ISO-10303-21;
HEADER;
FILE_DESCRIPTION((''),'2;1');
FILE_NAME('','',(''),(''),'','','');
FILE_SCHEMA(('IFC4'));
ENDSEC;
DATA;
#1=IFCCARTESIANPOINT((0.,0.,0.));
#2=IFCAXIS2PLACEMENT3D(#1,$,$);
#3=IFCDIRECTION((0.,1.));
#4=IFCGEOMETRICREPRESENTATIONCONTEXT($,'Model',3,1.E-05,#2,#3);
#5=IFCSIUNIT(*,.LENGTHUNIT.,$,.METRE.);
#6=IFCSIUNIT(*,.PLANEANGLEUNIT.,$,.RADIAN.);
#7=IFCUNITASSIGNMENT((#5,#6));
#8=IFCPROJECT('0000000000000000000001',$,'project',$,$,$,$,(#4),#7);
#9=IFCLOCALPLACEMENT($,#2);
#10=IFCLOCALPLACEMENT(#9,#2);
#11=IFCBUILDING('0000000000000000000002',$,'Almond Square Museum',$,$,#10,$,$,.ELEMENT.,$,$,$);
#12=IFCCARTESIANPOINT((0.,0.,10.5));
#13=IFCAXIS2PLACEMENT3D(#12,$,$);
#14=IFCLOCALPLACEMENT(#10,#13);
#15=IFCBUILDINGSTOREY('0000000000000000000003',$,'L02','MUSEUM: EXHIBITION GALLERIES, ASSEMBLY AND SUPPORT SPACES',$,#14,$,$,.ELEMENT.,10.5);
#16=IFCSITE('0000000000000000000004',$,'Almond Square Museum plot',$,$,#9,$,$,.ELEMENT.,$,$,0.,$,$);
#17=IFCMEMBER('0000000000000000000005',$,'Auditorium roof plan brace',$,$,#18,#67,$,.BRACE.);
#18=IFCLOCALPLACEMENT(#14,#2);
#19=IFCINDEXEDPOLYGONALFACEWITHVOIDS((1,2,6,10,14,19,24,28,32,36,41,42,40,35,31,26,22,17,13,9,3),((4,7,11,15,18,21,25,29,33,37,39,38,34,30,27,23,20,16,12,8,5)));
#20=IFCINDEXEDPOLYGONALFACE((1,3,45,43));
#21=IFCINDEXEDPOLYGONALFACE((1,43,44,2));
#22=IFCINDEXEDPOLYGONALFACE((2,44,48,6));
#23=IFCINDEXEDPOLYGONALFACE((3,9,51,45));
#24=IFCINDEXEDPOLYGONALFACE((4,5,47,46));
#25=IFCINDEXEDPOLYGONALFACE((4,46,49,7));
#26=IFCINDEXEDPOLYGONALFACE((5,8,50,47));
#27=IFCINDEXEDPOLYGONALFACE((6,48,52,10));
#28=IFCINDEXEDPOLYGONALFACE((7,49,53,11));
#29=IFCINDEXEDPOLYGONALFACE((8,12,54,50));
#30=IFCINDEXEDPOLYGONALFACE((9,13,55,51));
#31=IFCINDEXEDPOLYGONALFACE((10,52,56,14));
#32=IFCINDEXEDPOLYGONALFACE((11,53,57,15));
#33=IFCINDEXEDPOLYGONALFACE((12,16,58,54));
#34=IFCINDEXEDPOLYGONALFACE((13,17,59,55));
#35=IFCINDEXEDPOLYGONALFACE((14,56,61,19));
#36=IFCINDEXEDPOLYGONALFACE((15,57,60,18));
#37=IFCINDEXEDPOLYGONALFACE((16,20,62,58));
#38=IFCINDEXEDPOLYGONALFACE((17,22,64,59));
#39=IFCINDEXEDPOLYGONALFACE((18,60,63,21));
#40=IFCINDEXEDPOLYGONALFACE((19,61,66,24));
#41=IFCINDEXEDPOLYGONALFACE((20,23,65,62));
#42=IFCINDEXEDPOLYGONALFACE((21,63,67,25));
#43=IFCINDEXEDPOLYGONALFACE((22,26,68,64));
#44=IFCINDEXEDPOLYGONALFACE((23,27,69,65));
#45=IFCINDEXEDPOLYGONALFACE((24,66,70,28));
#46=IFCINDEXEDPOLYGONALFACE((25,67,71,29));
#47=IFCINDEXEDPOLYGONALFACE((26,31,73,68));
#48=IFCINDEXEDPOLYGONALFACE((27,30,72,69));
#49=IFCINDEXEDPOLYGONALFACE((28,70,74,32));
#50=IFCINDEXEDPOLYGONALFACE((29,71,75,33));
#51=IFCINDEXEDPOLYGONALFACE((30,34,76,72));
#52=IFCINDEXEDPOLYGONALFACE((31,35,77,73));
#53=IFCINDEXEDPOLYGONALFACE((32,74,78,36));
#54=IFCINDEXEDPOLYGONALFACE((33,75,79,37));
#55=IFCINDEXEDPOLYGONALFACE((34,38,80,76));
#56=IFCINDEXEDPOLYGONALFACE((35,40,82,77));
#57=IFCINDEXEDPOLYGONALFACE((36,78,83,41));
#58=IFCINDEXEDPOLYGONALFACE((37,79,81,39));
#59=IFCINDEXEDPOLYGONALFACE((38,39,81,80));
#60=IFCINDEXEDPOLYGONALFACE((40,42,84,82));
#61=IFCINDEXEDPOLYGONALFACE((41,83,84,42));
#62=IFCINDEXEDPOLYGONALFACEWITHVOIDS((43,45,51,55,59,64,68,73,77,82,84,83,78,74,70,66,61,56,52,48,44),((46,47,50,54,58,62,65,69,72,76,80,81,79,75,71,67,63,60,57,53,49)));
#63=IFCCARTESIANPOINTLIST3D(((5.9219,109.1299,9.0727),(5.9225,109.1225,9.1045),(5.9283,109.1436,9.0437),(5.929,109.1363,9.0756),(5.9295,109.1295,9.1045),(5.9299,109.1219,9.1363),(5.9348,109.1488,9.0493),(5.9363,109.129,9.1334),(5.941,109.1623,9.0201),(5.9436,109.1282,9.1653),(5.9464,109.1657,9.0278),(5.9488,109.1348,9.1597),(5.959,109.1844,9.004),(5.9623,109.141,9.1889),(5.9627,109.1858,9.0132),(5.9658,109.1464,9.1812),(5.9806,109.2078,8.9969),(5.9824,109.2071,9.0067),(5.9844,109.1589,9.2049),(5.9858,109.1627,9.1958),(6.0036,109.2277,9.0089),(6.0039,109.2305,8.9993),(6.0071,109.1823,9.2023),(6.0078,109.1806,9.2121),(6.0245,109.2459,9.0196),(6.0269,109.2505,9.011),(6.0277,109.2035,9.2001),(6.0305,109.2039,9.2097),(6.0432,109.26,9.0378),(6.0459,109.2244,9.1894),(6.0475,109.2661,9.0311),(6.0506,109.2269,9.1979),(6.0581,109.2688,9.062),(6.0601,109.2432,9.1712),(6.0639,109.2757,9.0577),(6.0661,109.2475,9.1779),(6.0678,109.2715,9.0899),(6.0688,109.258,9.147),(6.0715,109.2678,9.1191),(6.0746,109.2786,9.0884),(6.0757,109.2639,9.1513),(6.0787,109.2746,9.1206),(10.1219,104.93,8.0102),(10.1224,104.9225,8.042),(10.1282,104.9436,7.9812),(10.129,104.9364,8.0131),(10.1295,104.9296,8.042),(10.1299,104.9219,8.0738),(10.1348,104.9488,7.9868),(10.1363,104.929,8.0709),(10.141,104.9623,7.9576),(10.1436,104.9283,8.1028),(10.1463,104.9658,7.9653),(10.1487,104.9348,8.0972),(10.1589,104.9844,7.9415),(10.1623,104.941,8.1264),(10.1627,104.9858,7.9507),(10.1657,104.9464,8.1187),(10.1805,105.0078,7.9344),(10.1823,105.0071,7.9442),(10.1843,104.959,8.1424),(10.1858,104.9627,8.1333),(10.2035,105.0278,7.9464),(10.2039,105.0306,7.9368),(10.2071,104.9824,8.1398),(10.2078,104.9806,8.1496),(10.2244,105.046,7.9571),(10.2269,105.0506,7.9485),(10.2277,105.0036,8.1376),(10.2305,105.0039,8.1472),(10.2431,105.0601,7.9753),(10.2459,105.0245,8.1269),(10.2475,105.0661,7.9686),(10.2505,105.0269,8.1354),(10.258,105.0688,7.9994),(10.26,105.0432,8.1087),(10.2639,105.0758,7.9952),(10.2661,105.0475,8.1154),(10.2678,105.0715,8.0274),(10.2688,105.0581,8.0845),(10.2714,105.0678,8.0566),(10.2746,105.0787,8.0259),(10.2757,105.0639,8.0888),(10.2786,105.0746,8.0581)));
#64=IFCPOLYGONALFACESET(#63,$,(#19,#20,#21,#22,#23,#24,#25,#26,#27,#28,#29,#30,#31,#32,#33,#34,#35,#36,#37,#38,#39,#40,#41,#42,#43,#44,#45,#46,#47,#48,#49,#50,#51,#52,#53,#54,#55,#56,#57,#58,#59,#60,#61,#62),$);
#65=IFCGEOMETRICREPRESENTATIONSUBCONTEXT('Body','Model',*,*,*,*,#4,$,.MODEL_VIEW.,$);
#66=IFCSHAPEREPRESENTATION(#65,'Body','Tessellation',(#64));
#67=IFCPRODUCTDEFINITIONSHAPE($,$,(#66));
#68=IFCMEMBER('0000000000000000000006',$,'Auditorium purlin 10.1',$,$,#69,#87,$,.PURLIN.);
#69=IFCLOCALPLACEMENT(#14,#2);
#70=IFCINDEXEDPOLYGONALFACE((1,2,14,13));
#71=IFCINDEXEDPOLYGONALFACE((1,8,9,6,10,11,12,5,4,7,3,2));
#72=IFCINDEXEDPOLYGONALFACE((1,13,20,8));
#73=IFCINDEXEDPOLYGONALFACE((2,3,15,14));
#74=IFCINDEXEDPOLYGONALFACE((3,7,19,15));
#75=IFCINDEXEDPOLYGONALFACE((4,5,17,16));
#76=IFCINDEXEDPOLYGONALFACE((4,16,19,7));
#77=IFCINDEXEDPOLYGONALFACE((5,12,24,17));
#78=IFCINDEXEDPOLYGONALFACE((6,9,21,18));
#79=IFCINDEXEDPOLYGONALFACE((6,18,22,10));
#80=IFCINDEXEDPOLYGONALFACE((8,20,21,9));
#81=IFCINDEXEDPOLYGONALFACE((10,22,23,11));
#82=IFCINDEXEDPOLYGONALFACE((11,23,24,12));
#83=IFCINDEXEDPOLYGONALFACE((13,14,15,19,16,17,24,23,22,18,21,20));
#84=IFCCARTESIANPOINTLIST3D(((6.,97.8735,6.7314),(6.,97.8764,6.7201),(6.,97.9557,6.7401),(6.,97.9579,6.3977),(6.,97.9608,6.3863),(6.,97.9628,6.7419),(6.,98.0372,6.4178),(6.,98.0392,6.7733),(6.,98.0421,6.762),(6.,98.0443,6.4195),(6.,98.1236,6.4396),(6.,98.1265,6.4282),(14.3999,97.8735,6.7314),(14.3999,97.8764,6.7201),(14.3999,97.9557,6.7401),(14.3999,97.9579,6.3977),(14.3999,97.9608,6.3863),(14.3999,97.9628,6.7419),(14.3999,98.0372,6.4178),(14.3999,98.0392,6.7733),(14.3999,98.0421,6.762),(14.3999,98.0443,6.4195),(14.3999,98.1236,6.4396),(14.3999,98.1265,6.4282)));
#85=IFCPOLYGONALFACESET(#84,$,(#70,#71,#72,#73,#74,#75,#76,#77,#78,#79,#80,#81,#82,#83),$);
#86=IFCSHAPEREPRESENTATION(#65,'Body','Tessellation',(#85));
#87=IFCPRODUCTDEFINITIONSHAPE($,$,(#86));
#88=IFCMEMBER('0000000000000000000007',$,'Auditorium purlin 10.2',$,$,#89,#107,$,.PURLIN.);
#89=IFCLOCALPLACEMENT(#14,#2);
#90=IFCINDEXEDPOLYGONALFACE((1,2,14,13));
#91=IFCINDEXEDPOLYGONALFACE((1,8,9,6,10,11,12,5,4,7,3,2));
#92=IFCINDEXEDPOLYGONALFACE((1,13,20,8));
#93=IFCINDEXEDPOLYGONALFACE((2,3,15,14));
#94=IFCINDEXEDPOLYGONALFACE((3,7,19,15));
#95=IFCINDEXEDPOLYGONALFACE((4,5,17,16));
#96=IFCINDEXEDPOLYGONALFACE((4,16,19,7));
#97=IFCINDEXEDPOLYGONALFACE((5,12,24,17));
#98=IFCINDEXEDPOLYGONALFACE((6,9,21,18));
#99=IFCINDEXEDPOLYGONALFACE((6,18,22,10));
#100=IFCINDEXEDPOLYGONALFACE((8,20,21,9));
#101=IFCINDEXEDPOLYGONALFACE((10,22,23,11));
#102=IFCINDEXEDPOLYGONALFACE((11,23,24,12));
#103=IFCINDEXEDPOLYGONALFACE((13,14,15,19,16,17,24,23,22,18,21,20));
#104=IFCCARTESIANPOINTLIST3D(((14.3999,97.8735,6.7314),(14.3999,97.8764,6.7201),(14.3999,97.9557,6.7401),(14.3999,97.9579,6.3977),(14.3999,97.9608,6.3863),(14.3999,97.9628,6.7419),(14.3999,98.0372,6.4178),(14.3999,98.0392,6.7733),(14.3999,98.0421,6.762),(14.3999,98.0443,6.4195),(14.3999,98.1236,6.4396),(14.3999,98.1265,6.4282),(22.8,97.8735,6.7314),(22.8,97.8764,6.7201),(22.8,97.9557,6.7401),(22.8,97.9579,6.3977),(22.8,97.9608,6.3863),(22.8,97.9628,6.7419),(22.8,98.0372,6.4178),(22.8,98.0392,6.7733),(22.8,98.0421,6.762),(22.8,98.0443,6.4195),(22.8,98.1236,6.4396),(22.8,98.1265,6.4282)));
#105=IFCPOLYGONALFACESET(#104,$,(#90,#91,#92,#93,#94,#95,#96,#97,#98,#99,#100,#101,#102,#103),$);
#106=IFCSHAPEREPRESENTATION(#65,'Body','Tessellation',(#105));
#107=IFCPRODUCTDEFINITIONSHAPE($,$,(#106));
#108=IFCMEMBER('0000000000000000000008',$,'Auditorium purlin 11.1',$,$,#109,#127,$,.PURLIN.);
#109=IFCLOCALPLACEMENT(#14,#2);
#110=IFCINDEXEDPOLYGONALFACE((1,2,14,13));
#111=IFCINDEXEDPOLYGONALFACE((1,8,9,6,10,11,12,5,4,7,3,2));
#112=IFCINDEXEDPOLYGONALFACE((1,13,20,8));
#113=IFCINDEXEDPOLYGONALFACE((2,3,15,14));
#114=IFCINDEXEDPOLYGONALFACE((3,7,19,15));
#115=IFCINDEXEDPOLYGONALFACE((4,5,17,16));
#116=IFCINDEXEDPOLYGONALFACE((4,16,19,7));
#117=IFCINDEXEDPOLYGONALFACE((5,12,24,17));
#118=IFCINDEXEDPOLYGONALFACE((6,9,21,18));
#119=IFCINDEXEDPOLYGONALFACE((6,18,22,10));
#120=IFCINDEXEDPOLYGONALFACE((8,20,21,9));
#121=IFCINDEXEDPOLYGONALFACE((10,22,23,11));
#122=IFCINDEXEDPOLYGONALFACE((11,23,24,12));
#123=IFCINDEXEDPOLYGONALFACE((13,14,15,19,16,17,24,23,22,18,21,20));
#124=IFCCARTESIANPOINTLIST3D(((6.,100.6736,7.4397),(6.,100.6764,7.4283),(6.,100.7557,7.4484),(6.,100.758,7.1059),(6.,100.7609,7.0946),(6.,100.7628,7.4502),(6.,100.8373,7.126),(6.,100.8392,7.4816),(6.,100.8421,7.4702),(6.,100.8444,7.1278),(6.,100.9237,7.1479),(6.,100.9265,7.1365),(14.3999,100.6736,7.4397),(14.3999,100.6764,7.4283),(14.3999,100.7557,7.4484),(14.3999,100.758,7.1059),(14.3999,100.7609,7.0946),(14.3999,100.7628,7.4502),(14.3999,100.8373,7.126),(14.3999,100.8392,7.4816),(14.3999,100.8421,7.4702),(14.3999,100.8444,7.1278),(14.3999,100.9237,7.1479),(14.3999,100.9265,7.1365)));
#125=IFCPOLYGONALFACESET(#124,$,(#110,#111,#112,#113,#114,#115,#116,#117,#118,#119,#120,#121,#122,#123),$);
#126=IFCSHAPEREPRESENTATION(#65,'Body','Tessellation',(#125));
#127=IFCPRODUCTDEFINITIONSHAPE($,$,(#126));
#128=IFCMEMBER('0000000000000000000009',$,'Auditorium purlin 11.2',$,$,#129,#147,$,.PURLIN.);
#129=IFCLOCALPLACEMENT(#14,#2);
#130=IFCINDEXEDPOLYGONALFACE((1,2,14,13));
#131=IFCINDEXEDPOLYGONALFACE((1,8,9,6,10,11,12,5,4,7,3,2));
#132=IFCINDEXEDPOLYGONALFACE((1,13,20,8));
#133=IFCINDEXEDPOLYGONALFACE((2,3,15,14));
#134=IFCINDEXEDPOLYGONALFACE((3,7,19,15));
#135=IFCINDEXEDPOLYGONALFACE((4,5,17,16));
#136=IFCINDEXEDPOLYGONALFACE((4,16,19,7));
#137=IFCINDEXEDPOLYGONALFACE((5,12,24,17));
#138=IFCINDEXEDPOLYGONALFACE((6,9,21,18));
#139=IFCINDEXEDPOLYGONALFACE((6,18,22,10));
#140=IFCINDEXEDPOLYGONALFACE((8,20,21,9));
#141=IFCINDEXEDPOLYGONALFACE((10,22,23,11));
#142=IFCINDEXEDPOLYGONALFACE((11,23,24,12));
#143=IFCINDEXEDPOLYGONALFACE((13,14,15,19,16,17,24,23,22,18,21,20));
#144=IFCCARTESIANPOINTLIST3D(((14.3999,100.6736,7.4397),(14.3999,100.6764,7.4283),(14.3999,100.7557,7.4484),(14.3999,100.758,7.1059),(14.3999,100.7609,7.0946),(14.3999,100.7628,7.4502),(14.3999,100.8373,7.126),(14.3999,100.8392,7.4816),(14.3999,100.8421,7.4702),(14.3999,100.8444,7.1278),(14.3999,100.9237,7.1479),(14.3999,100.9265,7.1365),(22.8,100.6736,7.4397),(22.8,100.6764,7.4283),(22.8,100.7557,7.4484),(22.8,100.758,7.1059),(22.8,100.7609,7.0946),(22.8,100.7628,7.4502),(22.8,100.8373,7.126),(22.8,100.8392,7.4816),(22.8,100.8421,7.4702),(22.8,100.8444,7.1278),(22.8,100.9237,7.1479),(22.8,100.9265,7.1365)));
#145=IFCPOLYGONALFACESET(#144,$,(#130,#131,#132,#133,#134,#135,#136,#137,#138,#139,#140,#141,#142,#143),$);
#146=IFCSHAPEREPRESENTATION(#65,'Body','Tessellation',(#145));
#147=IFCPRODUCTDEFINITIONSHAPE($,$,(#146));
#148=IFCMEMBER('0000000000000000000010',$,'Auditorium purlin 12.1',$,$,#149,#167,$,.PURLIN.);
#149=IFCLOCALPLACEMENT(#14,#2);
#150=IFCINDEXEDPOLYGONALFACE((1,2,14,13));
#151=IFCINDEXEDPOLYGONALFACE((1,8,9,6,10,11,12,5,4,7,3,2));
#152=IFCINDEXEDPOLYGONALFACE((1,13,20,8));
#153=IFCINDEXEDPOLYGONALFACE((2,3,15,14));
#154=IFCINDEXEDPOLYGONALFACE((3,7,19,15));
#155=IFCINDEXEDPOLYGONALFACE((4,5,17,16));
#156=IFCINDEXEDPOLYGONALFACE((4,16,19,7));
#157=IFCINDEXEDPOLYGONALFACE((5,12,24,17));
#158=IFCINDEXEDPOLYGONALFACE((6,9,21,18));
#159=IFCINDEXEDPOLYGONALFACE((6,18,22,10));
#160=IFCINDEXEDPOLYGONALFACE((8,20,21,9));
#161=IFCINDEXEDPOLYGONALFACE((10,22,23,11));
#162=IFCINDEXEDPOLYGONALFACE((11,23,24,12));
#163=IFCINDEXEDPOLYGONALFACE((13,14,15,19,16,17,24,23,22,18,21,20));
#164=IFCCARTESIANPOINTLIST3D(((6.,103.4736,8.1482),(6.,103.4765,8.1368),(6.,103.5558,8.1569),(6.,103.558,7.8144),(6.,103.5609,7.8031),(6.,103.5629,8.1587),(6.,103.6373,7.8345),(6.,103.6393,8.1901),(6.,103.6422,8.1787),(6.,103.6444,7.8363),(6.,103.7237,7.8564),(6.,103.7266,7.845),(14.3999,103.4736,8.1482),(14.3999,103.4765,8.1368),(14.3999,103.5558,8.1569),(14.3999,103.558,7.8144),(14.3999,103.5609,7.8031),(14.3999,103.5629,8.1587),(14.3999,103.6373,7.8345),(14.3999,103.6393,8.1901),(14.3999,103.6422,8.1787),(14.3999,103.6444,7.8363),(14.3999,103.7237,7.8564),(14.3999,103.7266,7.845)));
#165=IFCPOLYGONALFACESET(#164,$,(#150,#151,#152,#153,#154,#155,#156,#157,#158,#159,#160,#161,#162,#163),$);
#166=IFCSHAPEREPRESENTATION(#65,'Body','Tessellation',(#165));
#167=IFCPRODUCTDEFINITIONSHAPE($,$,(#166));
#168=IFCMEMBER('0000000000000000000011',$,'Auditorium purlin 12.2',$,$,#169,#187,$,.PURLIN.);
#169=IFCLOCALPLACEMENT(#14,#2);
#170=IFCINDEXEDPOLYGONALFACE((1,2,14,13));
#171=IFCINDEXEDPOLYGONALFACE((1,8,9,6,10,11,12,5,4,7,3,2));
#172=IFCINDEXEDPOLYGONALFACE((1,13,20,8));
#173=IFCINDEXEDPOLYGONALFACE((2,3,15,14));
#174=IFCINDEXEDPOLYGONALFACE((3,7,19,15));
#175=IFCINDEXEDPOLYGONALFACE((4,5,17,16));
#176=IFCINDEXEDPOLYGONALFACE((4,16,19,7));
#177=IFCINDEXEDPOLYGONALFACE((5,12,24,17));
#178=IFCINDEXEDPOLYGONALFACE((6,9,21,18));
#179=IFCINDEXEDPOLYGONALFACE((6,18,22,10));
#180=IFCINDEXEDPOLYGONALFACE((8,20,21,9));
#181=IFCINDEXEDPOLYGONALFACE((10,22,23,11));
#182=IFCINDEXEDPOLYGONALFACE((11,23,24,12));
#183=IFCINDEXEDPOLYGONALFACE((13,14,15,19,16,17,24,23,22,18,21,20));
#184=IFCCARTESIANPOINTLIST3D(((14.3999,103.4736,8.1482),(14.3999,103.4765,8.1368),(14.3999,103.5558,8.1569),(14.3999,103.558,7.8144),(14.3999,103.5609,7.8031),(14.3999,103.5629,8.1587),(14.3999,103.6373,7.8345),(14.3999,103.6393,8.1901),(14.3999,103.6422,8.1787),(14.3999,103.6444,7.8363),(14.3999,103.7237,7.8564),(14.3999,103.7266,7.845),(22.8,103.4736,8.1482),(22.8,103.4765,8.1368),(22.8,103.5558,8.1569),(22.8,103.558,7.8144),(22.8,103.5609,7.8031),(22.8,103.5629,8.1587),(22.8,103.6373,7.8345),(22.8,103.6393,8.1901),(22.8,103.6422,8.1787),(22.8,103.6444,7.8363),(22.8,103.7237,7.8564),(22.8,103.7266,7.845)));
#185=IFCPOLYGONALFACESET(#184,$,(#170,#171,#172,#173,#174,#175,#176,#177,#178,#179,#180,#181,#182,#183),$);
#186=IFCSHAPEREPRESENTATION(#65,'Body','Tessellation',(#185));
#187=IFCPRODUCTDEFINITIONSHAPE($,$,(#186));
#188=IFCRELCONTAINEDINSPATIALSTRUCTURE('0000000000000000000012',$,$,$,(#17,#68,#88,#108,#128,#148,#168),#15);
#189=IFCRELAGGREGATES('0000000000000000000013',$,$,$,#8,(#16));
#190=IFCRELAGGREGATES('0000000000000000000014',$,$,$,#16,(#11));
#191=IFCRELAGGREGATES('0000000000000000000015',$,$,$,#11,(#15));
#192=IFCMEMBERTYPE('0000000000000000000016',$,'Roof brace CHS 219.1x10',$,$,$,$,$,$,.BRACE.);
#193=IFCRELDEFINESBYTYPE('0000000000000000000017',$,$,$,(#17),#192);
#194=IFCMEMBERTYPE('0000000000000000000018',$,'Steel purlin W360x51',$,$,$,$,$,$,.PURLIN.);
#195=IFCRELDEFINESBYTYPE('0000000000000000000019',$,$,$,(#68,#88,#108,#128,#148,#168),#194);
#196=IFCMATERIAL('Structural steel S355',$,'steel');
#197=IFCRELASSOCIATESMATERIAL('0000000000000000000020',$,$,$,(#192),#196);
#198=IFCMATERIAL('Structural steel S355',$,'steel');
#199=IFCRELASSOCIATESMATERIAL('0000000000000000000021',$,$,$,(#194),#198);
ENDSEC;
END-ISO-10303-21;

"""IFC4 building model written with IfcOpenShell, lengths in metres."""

from ifc_helpers import new_model, si_unit, direction, frame, origin, origin_2d, place, context, subcontext, project, spatial, hollow_circle, i_section, extrude, material, material_profile, profile_set, type_object, element, save


model = new_model("IFC4")

# Units and contexts
model_context = context("Model", 3, precision=1e-05, world=origin(), true_north=direction((0.0, 1.0)))
body_context = subcontext(model_context, "Body", "Model", "MODEL_VIEW")
ifc_project = project(units=[si_unit("LENGTHUNIT", "METRE"), si_unit("PLANEANGLEUNIT", "RADIAN")], contexts=[model_context])

# Site, building, storey
site_placement = place(None, origin())
site = spatial("IfcSite", under=ifc_project, at=site_placement, Name="Almond Square Museum plot", CompositionType="ELEMENT", RefElevation=0.0)
building_placement = place(site_placement, origin())
building = spatial("IfcBuilding", under=site, at=building_placement, Name="Almond Square Museum", CompositionType="ELEMENT")
storey_placement = place(building_placement, frame((0.0, 0.0, 10.5)))
storey = spatial("IfcBuildingStorey", under=building, at=storey_placement, Name="L02", Description="MUSEUM: EXHIBITION GALLERIES, ASSEMBLY AND SUPPORT SPACES", CompositionType="ELEMENT", Elevation=10.5)

# Members
ifc_material_1 = material(Name="Structural steel S355", Category="steel")
ifc_material_profile_1 = material_profile(ifc_material_1, hollow_circle(Radius=0.1096, WallThickness=0.01, at=origin_2d()))
ifc_profile_set_1 = profile_set([ifc_material_profile_1], Name="Structural steel S355")
member_type_1 = type_object("IfcMemberType", Name="Roof brace CHS 219.1x10", PredefinedType="BRACE", material=ifc_profile_set_1)
member_1_placement = place(storey_placement, frame((10.2, 105.0, 8.042), z_axis=(-0.696058, 0.696058, 0.176088), x_axis=(-0.707107, -0.707107, 0.0)))
element("IfcMember", 1, at=member_1_placement, inside=storey, type_object=member_type_1, Name="Auditorium roof plan brace", PredefinedType="BRACE", context=body_context, shape_type="SweptSolid", body=[
    extrude(hollow_circle(Radius=0.1096, WallThickness=0.01, at=origin_2d()), origin(), (0.0, 0.0, 1.0), 6.0339),
])
ifc_material_2 = material(Name="Structural steel S355", Category="steel")
ifc_material_profile_2 = material_profile(ifc_material_2, i_section(OverallWidth=0.1709, OverallDepth=0.356, WebThickness=0.0073, FlangeThickness=0.0117, at=origin_2d()))
ifc_profile_set_2 = profile_set([ifc_material_profile_2], Name="Structural steel S355")
member_type_2 = type_object("IfcMemberType", Name="Steel purlin W360x51", PredefinedType="PURLIN", material=ifc_profile_set_2)
member_2_placement = place(storey_placement, frame((6.0, 98.0, 6.5798), z_axis=(1.0, 0.0, 0.0), x_axis=(0.0, 0.96946, 0.24525)))
element("IfcMember", 2, at=member_2_placement, inside=storey, type_object=member_type_2, Name="Auditorium purlin 10.1", PredefinedType="PURLIN", context=body_context, shape_type="SweptSolid", body=[
    extrude(i_section(OverallWidth=0.1709, OverallDepth=0.356, WebThickness=0.0073, FlangeThickness=0.0117, at=origin_2d()), origin(), (0.0, 0.0, 1.0), 8.3999),
])
member_3_placement = place(storey_placement, frame((14.3999, 98.0, 6.5798), z_axis=(1.0, 0.0, 0.0), x_axis=(0.0, 0.96946, 0.24525)))
element("IfcMember", 3, at=member_3_placement, inside=storey, type_object=member_type_2, Name="Auditorium purlin 10.2", PredefinedType="PURLIN", context=body_context, shape_type="SweptSolid", body=[
    extrude(i_section(OverallWidth=0.1709, OverallDepth=0.356, WebThickness=0.0073, FlangeThickness=0.0117, at=origin_2d()), origin(), (0.0, 0.0, 1.0), 8.4001),
])
member_4_placement = place(storey_placement, frame((6.0, 100.8, 7.2881), z_axis=(1.0, 0.0, 0.0), x_axis=(0.0, 0.96946, 0.24525)))
element("IfcMember", 4, at=member_4_placement, inside=storey, type_object=member_type_2, Name="Auditorium purlin 11.1", PredefinedType="PURLIN", context=body_context, shape_type="SweptSolid", body=[
    extrude(i_section(OverallWidth=0.1709, OverallDepth=0.356, WebThickness=0.0073, FlangeThickness=0.0117, at=origin_2d()), origin(), (0.0, 0.0, 1.0), 8.3999),
])
member_5_placement = place(storey_placement, frame((14.3999, 100.8, 7.2881), z_axis=(1.0, 0.0, 0.0), x_axis=(0.0, 0.96946, 0.24525)))
element("IfcMember", 5, at=member_5_placement, inside=storey, type_object=member_type_2, Name="Auditorium purlin 11.2", PredefinedType="PURLIN", context=body_context, shape_type="SweptSolid", body=[
    extrude(i_section(OverallWidth=0.1709, OverallDepth=0.356, WebThickness=0.0073, FlangeThickness=0.0117, at=origin_2d()), origin(), (0.0, 0.0, 1.0), 8.4001),
])
member_6_placement = place(storey_placement, frame((6.0, 103.6001, 7.9966), z_axis=(1.0, 0.0, 0.0), x_axis=(0.0, 0.96946, 0.24525)))
element("IfcMember", 6, at=member_6_placement, inside=storey, type_object=member_type_2, Name="Auditorium purlin 12.1", PredefinedType="PURLIN", context=body_context, shape_type="SweptSolid", body=[
    extrude(i_section(OverallWidth=0.1709, OverallDepth=0.356, WebThickness=0.0073, FlangeThickness=0.0117, at=origin_2d()), origin(), (0.0, 0.0, 1.0), 8.3999),
])
member_7_placement = place(storey_placement, frame((14.3999, 103.6001, 7.9966), z_axis=(1.0, 0.0, 0.0), x_axis=(0.0, 0.96946, 0.24525)))
element("IfcMember", 7, at=member_7_placement, inside=storey, type_object=member_type_2, Name="Auditorium purlin 12.2", PredefinedType="PURLIN", context=body_context, shape_type="SweptSolid", body=[
    extrude(i_section(OverallWidth=0.1709, OverallDepth=0.356, WebThickness=0.0073, FlangeThickness=0.0117, at=origin_2d()), origin(), (0.0, 0.0, 1.0), 8.4001),
])

save(model, "model.ifc")
